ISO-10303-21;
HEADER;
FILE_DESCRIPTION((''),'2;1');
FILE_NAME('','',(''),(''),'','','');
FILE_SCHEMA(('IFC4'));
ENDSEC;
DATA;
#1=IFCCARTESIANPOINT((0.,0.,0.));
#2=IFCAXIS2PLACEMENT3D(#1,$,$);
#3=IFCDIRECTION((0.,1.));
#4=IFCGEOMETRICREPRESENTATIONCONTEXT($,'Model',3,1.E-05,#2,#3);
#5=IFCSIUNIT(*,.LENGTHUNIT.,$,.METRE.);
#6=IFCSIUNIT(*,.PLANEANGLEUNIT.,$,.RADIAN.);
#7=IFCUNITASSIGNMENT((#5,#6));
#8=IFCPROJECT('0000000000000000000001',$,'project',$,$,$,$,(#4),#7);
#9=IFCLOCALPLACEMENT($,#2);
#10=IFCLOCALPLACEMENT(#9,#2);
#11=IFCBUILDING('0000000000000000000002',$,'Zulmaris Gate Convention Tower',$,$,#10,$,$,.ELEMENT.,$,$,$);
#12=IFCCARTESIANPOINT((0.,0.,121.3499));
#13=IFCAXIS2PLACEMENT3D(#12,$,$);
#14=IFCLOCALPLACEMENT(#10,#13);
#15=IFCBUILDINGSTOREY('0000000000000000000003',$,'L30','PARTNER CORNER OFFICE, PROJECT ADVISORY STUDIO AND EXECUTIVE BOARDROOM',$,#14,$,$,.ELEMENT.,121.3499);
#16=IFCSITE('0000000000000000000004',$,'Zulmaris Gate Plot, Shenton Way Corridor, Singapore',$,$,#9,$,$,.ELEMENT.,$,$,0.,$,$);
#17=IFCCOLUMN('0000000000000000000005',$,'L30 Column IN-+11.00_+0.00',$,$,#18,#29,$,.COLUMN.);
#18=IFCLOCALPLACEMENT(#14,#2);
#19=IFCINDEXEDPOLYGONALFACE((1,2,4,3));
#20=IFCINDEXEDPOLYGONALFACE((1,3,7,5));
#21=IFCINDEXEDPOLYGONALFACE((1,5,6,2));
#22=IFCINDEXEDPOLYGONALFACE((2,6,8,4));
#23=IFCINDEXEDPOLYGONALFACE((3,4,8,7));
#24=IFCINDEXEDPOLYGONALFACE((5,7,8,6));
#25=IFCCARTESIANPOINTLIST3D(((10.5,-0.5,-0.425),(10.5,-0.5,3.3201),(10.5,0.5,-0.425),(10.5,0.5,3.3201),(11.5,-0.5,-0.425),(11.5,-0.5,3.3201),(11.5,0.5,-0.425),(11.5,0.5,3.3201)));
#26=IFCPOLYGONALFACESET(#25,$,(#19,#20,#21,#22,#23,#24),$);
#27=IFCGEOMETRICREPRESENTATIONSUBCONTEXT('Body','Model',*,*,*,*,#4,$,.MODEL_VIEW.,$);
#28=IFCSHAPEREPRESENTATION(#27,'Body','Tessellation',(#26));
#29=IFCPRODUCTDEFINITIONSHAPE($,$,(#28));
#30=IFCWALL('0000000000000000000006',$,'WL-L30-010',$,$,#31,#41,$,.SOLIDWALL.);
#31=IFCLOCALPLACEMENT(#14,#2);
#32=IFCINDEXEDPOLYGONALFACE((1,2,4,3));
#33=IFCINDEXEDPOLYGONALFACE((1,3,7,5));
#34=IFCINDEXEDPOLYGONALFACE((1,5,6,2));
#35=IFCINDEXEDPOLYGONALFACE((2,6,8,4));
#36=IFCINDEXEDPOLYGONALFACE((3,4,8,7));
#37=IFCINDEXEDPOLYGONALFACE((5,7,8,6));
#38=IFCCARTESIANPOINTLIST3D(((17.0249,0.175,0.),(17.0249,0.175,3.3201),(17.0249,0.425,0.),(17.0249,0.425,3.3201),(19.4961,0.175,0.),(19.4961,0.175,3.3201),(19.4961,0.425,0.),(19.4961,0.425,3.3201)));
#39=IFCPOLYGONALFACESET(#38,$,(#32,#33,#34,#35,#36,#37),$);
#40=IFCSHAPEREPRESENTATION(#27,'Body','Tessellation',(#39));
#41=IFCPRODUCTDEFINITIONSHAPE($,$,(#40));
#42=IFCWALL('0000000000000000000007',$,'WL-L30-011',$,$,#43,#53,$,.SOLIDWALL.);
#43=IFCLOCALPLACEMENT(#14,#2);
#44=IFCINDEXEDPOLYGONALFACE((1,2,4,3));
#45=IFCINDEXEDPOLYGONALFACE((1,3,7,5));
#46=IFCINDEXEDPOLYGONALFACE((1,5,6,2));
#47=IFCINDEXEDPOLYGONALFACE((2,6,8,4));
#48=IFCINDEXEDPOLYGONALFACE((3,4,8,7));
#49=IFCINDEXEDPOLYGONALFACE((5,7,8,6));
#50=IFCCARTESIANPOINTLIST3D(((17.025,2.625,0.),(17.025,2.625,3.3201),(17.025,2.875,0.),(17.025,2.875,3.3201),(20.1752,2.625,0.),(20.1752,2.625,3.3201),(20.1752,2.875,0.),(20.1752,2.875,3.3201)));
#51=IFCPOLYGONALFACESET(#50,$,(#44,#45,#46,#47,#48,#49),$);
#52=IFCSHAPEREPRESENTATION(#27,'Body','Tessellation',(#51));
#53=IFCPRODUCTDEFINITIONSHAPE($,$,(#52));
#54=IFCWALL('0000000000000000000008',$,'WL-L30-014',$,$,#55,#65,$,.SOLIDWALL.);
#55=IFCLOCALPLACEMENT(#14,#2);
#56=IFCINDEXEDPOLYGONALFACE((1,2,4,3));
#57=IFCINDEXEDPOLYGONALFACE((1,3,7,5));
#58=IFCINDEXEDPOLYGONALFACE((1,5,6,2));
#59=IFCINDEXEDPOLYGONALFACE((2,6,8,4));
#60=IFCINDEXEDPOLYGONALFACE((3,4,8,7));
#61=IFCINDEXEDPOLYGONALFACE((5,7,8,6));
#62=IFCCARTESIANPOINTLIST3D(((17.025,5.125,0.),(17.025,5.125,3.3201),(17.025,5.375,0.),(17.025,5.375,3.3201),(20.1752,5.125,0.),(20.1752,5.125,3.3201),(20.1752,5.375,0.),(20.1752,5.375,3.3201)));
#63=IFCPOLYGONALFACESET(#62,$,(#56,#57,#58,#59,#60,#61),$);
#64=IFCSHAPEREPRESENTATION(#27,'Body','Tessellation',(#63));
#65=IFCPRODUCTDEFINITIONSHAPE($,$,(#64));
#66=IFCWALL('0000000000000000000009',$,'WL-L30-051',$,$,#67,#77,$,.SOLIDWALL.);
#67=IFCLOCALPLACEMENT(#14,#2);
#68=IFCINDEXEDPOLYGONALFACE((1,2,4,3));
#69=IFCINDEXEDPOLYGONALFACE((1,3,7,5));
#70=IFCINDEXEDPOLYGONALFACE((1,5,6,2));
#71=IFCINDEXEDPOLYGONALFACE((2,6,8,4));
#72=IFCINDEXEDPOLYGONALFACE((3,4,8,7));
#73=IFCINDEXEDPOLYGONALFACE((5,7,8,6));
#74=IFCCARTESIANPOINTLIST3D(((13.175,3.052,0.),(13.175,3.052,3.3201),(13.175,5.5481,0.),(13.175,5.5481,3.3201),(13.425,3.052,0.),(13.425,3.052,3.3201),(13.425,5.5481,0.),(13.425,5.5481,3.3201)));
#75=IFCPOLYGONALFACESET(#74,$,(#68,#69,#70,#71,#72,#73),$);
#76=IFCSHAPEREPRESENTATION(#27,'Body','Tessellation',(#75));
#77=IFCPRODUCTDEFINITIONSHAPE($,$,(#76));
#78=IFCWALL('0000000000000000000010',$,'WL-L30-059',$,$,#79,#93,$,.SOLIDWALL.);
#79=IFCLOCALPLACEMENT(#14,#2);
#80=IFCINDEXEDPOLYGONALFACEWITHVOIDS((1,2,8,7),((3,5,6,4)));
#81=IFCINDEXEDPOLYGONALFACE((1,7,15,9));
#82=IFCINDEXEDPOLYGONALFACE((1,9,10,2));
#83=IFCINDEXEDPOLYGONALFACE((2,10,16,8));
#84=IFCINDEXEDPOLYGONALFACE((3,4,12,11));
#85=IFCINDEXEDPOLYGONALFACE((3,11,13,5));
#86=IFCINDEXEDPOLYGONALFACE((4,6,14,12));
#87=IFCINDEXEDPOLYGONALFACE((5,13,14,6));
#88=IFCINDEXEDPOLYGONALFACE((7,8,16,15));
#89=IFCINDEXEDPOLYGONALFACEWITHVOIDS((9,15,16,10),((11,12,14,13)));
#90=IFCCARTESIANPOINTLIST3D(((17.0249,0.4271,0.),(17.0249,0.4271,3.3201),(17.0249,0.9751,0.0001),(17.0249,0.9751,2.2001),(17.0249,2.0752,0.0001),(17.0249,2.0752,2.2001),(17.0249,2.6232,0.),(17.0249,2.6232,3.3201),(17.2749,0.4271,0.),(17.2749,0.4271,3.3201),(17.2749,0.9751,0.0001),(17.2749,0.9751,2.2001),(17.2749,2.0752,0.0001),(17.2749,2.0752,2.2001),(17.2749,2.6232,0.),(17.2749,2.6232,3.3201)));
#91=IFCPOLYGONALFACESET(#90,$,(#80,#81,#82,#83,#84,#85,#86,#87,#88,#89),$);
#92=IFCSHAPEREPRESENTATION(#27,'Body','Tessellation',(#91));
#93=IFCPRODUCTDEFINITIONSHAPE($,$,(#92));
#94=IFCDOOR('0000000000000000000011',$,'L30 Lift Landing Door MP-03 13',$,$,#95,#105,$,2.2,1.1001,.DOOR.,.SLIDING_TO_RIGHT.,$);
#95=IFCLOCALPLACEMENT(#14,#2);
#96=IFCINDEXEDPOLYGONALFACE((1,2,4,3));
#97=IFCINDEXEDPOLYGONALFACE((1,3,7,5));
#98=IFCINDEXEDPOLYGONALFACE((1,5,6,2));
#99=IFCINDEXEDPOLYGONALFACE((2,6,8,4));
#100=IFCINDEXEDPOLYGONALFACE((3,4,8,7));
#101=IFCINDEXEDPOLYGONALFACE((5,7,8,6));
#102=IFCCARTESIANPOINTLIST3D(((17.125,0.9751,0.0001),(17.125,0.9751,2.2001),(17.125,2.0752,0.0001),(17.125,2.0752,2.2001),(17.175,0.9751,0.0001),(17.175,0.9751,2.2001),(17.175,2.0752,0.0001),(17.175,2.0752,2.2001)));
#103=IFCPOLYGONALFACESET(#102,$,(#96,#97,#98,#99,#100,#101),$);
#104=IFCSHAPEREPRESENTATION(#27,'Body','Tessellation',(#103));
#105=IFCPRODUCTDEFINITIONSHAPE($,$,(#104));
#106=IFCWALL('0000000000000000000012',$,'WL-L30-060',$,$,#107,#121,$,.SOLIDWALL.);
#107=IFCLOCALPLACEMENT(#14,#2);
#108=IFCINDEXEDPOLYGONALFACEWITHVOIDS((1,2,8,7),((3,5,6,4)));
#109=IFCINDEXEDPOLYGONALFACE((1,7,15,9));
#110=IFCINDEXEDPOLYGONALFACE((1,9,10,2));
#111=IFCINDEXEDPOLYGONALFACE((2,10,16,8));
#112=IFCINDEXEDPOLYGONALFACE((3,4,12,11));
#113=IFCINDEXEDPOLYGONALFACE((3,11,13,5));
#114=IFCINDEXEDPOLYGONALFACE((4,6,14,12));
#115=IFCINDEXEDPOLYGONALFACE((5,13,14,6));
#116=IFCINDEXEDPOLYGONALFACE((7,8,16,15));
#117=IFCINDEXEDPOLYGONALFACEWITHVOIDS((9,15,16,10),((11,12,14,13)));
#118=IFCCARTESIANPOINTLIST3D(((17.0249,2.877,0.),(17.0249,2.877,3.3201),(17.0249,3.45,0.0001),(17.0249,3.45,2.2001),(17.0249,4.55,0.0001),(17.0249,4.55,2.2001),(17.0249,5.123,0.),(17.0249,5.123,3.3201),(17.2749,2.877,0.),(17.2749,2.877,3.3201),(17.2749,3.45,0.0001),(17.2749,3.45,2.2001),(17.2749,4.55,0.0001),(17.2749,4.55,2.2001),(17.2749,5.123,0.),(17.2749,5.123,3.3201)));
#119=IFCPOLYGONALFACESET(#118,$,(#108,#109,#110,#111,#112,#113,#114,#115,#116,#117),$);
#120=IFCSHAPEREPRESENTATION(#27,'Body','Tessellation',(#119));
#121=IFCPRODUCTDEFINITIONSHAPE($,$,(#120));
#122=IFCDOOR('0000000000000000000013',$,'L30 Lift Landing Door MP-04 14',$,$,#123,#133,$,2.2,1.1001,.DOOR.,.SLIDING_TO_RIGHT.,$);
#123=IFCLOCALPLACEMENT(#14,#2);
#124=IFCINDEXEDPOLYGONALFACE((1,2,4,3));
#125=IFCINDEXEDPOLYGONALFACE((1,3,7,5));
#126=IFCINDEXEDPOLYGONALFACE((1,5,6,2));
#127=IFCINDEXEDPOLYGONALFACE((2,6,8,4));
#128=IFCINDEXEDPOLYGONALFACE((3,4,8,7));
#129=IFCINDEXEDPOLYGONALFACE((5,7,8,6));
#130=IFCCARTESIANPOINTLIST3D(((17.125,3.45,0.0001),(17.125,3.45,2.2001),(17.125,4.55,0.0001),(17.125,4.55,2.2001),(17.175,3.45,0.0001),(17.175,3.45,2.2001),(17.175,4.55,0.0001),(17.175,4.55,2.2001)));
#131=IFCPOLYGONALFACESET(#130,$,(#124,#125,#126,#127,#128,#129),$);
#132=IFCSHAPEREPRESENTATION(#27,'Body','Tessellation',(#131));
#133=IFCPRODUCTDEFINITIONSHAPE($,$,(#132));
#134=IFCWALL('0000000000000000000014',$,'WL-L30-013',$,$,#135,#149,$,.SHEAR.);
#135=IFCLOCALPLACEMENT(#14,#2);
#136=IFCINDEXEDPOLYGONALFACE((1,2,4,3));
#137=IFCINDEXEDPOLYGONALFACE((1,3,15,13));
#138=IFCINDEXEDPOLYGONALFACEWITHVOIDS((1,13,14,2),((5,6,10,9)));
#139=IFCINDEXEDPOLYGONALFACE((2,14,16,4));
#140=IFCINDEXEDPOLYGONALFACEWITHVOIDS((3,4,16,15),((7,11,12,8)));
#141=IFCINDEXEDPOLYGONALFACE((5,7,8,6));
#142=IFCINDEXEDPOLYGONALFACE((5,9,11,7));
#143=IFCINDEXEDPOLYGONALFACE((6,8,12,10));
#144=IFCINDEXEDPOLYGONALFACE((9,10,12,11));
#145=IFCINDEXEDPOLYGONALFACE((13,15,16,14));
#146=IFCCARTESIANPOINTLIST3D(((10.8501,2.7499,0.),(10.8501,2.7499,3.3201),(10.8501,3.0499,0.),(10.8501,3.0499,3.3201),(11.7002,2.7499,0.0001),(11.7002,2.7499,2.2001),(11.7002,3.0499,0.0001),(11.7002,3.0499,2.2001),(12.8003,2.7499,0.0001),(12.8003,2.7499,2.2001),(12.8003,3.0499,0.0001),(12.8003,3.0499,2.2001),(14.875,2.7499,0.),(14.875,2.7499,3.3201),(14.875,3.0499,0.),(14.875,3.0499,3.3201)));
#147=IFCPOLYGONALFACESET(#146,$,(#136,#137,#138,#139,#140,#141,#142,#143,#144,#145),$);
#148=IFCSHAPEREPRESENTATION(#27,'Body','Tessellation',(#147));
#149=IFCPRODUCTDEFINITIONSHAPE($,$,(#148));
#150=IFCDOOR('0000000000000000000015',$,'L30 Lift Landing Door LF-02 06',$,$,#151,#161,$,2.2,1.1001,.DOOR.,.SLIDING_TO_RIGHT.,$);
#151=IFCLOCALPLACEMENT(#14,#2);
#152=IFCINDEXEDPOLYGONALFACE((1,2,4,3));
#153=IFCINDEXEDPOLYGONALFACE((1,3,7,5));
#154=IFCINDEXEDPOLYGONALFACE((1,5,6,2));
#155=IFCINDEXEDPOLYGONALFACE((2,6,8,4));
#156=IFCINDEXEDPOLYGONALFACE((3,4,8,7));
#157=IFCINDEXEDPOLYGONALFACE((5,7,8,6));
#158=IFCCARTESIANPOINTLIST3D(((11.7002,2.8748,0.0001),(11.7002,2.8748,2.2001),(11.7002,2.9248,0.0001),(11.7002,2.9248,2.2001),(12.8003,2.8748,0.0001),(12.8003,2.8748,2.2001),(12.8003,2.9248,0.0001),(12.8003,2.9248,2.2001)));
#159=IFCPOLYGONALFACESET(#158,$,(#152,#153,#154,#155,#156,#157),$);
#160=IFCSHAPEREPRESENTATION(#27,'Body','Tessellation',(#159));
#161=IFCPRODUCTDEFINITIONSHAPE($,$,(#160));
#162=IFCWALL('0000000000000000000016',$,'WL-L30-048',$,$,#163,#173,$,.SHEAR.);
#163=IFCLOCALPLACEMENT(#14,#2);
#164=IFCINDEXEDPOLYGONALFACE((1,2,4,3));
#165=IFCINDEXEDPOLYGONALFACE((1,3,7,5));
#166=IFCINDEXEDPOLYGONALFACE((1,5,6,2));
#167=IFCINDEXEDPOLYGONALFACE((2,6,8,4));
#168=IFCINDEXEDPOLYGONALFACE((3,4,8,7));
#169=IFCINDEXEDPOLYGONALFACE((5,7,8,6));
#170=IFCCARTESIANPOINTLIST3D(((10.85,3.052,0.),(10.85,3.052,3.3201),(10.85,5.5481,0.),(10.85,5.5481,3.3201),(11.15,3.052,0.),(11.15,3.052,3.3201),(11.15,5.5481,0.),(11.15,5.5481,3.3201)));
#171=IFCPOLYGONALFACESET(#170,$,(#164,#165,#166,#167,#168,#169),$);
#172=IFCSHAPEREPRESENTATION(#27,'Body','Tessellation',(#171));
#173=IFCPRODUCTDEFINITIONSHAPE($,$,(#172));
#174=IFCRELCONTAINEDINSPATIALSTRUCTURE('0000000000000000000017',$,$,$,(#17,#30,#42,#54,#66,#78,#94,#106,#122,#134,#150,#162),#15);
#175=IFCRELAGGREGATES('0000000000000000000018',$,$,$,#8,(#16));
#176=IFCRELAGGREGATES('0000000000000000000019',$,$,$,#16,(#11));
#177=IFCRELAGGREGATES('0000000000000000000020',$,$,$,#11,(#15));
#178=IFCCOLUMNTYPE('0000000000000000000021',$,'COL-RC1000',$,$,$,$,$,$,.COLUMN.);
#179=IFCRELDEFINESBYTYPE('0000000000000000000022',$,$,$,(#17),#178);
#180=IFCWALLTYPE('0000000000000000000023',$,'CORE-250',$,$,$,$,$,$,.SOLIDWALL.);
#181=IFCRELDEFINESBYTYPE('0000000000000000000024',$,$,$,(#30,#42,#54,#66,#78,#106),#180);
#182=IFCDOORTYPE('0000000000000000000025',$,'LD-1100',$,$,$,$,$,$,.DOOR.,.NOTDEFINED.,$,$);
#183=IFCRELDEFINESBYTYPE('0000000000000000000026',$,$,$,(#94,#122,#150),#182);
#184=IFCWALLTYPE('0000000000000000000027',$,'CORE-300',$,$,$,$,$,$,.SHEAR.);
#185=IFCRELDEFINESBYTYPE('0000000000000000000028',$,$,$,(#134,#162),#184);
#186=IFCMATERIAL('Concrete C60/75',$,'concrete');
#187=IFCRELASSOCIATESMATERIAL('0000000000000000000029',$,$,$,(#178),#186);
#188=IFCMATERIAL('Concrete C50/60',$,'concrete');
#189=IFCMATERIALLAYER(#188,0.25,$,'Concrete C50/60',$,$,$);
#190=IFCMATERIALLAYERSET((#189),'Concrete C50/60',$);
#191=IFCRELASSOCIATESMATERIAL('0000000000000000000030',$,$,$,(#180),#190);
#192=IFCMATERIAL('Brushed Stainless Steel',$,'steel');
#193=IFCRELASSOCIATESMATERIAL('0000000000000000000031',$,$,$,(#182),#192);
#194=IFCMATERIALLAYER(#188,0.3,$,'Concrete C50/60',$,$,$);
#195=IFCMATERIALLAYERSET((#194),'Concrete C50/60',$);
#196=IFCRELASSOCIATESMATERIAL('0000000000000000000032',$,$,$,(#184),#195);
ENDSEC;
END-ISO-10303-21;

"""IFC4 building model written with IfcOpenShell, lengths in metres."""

from ifc_helpers import new_model, si_unit, direction, frame, frame_2d, origin, origin_2d, place, context, subcontext, project, spatial, rectangle, extrude, material, layer, layer_set, material_profile, profile_set, type_object, element, fill, save


model = new_model("IFC4")

# Units and contexts
model_context = context("Model", 3, precision=1e-05, world=origin(), true_north=direction((0.0, 1.0)))
body_context = subcontext(model_context, "Body", "Model", "MODEL_VIEW")
ifc_project = project(units=[si_unit("LENGTHUNIT", "METRE"), si_unit("PLANEANGLEUNIT", "RADIAN")], contexts=[model_context])

# Site, building, storey
site_placement = place(None, origin())
site = spatial("IfcSite", under=ifc_project, at=site_placement, Name="Zulmaris Gate Plot, Shenton Way Corridor, Singapore", CompositionType="ELEMENT", RefElevation=0.0)
building_placement = place(site_placement, origin())
building = spatial("IfcBuilding", under=site, at=building_placement, Name="Zulmaris Gate Convention Tower", CompositionType="ELEMENT")
storey_placement = place(building_placement, frame((0.0, 0.0, 121.3499)))
storey = spatial("IfcBuildingStorey", under=building, at=storey_placement, Name="L30", Description="PARTNER CORNER OFFICE, PROJECT ADVISORY STUDIO AND EXECUTIVE BOARDROOM", CompositionType="ELEMENT", Elevation=121.3499)

# Column
ifc_material_1 = material(Name="Concrete C60/75", Category="concrete")
ifc_material_profile = material_profile(ifc_material_1, rectangle(XDim=1.0, YDim=1.0, at=origin_2d()), Name="RC COL 1000x1000")
ifc_profile_set = profile_set([ifc_material_profile], Name="Concrete C60/75")
column_type = type_object("IfcColumnType", Name="COL-RC1000", PredefinedType="COLUMN", material=ifc_profile_set)
column_placement = place(storey_placement, frame((11.0, 0.0, -0.425), z_axis=(0.0, 0.0, 1.0), x_axis=(1.0, 0.0, 0.0)))
element("IfcColumn", 1, at=column_placement, inside=storey, type_object=column_type, Name="L30 Column IN-+11.00_+0.00", PredefinedType="COLUMN", context=body_context, shape_type="SweptSolid", body=[
    extrude(rectangle(XDim=1.0, YDim=1.0, at=origin_2d()), origin(), (0.0, 0.0, 1.0), 3.7451),
])

# Walls
ifc_material_2 = material(Name="Concrete C50/60", Category="concrete")
ifc_layer_1 = layer(ifc_material_2, 0.25, Name="Concrete C50/60")
ifc_layer_set_1 = layer_set([ifc_layer_1], Name="Concrete C50/60")
wall_type_1 = type_object("IfcWallType", Name="CORE-250", PredefinedType="SOLIDWALL", material=ifc_layer_set_1)
wall_1_placement = place(storey_placement, frame((17.0249, 0.3, 0.0), z_axis=(0.0, 0.0, 1.0), x_axis=(1.0, 0.0, 0.0)))
element("IfcWall", 2, at=wall_1_placement, inside=storey, type_object=wall_type_1, Name="WL-L30-010", PredefinedType="SOLIDWALL", context=body_context, shape_type="SweptSolid", body=[
    extrude(rectangle(XDim=2.4712, YDim=0.25, at=frame_2d((1.2356, 0.0))), origin(), (0.0, 0.0, 1.0), 3.3201),
])
for number, where, z_axis, x_axis, name in (
    (3, (17.0249, 2.75, 0.0), (0.0, 0.0, 1.0), (1.0, 0.0, 0.0), "WL-L30-011"),
    (4, (17.0249, 5.25, 0.0), (0.0, 0.0, 1.0), (1.0, 0.0, 0.0), "WL-L30-014"),
):
    element("IfcWall", number, at=place(storey_placement, frame(where, z_axis=z_axis, x_axis=x_axis)), inside=storey, type_object=wall_type_1, Name=name, PredefinedType="SOLIDWALL", context=body_context, shape_type="SweptSolid", body=[
        extrude(rectangle(XDim=3.1501, YDim=0.25, at=frame_2d((1.5752, 0.0))), origin(), (0.0, 0.0, 1.0), 3.3201),
    ])
wall_2_placement = place(storey_placement, frame((13.3, 3.052, 0.0), z_axis=(0.0, 0.0, 1.0), x_axis=(0.0, 1.0, 0.0)))
element("IfcWall", 5, at=wall_2_placement, inside=storey, type_object=wall_type_1, Name="WL-L30-051", PredefinedType="SOLIDWALL", context=body_context, shape_type="SweptSolid", body=[
    extrude(rectangle(XDim=2.4961, YDim=0.25, at=frame_2d((1.248, 0.0))), origin(), (0.0, 0.0, 1.0), 3.3201),
])

# Walls, openings, doors
wall_3_placement = place(storey_placement, frame((17.1499, 0.427, 0.0), z_axis=(0.0, 0.0, 1.0), x_axis=(0.0, 1.0, 0.0)))
wall_3 = element("IfcWall", 6, at=wall_3_placement, inside=storey, type_object=wall_type_1, Name="WL-L30-059", PredefinedType="SOLIDWALL", context=body_context, shape_type="SweptSolid", body=[
    extrude(rectangle(XDim=2.196, YDim=0.25, at=frame_2d((1.0981, 0.0))), origin(), (0.0, 0.0, 1.0), 3.3201),
])
opening_1_placement = place(wall_3_placement, frame((0.5481, 0.0, 0.0)))
opening_1 = element("IfcOpeningElement", 7, at=opening_1_placement, cuts=wall_3, PredefinedType="OPENING", context=body_context, shape_type="SweptSolid", body=[
    extrude(rectangle(XDim=1.1001, YDim=2.2, at=frame_2d((0.55, 1.1001))), frame((0.0, 0.135, 0.0), z_axis=(0.0, -1.0, 0.0), x_axis=(1.0, 0.0, 0.0)), (0.0, 0.0, 1.0), 0.27),
])
ifc_material_3 = material(Name="Brushed Stainless Steel", Category="steel")
door_type_1 = type_object("IfcDoorType", Name="LD-1100", OperationType="NOTDEFINED", PredefinedType="DOOR", material=ifc_material_3)
door_1_placement = place(opening_1_placement, origin())
door_1 = element("IfcDoor", 8, at=door_1_placement, inside=storey, type_object=door_type_1, Name="L30 Lift Landing Door MP-03 13", OperationType="SLIDING_TO_RIGHT", OverallHeight=2.2, OverallWidth=1.1001, PredefinedType="DOOR", context=body_context, shape_type="SweptSolid", body=[
    extrude(rectangle(XDim=1.1001, YDim=2.2, at=frame_2d((0.55, 1.1001))), frame((0.0, 0.0249, 0.0), z_axis=(0.0, -1.0, 0.0), x_axis=(1.0, 0.0, 0.0)), (0.0, 0.0, 1.0), 0.05),
])
fill(opening_1, door_1)
wall_4_placement = place(storey_placement, frame((17.1499, 2.877, 0.0), z_axis=(0.0, 0.0, 1.0), x_axis=(0.0, 1.0, 0.0)))
wall_4 = element("IfcWall", 9, at=wall_4_placement, inside=storey, type_object=wall_type_1, Name="WL-L30-060", PredefinedType="SOLIDWALL", context=body_context, shape_type="SweptSolid", body=[
    extrude(rectangle(XDim=2.2461, YDim=0.25, at=frame_2d((1.123, 0.0))), origin(), (0.0, 0.0, 1.0), 3.3201),
])
opening_2_placement = place(wall_4_placement, frame((0.573, 0.0, 0.0)))
opening_2 = element("IfcOpeningElement", 10, at=opening_2_placement, cuts=wall_4, PredefinedType="OPENING", context=body_context, shape_type="SweptSolid", body=[
    extrude(rectangle(XDim=1.1001, YDim=2.2, at=frame_2d((0.55, 1.1001))), frame((0.0, 0.135, 0.0), z_axis=(0.0, -1.0, 0.0), x_axis=(1.0, 0.0, 0.0)), (0.0, 0.0, 1.0), 0.27),
])
door_2_placement = place(opening_2_placement, origin())
door_2 = element("IfcDoor", 11, at=door_2_placement, inside=storey, type_object=door_type_1, Name="L30 Lift Landing Door MP-04 14", OperationType="SLIDING_TO_RIGHT", OverallHeight=2.2, OverallWidth=1.1001, PredefinedType="DOOR", context=body_context, shape_type="SweptSolid", body=[
    extrude(rectangle(XDim=1.1001, YDim=2.2, at=frame_2d((0.55, 1.1001))), frame((0.0, 0.0249, 0.0), z_axis=(0.0, -1.0, 0.0), x_axis=(1.0, 0.0, 0.0)), (0.0, 0.0, 1.0), 0.05),
])
fill(opening_2, door_2)
ifc_layer_2 = layer(ifc_material_2, 0.3, Name="Concrete C50/60")
ifc_layer_set_2 = layer_set([ifc_layer_2], Name="Concrete C50/60")
wall_type_2 = type_object("IfcWallType", Name="CORE-300", PredefinedType="SHEAR", material=ifc_layer_set_2)
wall_5_placement = place(storey_placement, frame((10.8501, 2.8999, 0.0), z_axis=(0.0, 0.0, 1.0), x_axis=(1.0, 0.0, 0.0)))
wall_5 = element("IfcWall", 12, at=wall_5_placement, inside=storey, type_object=wall_type_2, Name="WL-L30-013", PredefinedType="SHEAR", context=body_context, shape_type="SweptSolid", body=[
    extrude(rectangle(XDim=4.0249, YDim=0.3, at=frame_2d((2.0125, 0.0))), origin(), (0.0, 0.0, 1.0), 3.3201),
])
opening_3_placement = place(wall_5_placement, frame((0.8501, 0.0, 0.0)))
opening_3 = element("IfcOpeningElement", 13, at=opening_3_placement, cuts=wall_5, PredefinedType="OPENING", context=body_context, shape_type="SweptSolid", body=[
    extrude(rectangle(XDim=1.1001, YDim=2.2, at=frame_2d((0.55, 1.1001))), frame((0.0, 0.1602, 0.0), z_axis=(0.0, -1.0, 0.0), x_axis=(1.0, 0.0, 0.0)), (0.0, 0.0, 1.0), 0.3201),
])
door_3_placement = place(opening_3_placement, origin())
door_3 = element("IfcDoor", 14, at=door_3_placement, inside=storey, type_object=door_type_1, Name="L30 Lift Landing Door LF-02 06", OperationType="SLIDING_TO_RIGHT", OverallHeight=2.2, OverallWidth=1.1001, PredefinedType="DOOR", context=body_context, shape_type="SweptSolid", body=[
    extrude(rectangle(XDim=1.1001, YDim=2.2, at=frame_2d((0.55, 1.1001))), frame((0.0, 0.0249, 0.0), z_axis=(0.0, -1.0, 0.0), x_axis=(1.0, 0.0, 0.0)), (0.0, 0.0, 1.0), 0.05),
])
fill(opening_3, door_3)

# Wall
wall_6_placement = place(storey_placement, frame((11.0, 3.052, 0.0), z_axis=(0.0, 0.0, 1.0), x_axis=(0.0, 1.0, 0.0)))
element("IfcWall", 15, at=wall_6_placement, inside=storey, type_object=wall_type_2, Name="WL-L30-048", PredefinedType="SHEAR", context=body_context, shape_type="SweptSolid", body=[
    extrude(rectangle(XDim=2.4961, YDim=0.3, at=frame_2d((1.248, 0.0))), origin(), (0.0, 0.0, 1.0), 3.3201),
])

save(model, "model.ifc")
